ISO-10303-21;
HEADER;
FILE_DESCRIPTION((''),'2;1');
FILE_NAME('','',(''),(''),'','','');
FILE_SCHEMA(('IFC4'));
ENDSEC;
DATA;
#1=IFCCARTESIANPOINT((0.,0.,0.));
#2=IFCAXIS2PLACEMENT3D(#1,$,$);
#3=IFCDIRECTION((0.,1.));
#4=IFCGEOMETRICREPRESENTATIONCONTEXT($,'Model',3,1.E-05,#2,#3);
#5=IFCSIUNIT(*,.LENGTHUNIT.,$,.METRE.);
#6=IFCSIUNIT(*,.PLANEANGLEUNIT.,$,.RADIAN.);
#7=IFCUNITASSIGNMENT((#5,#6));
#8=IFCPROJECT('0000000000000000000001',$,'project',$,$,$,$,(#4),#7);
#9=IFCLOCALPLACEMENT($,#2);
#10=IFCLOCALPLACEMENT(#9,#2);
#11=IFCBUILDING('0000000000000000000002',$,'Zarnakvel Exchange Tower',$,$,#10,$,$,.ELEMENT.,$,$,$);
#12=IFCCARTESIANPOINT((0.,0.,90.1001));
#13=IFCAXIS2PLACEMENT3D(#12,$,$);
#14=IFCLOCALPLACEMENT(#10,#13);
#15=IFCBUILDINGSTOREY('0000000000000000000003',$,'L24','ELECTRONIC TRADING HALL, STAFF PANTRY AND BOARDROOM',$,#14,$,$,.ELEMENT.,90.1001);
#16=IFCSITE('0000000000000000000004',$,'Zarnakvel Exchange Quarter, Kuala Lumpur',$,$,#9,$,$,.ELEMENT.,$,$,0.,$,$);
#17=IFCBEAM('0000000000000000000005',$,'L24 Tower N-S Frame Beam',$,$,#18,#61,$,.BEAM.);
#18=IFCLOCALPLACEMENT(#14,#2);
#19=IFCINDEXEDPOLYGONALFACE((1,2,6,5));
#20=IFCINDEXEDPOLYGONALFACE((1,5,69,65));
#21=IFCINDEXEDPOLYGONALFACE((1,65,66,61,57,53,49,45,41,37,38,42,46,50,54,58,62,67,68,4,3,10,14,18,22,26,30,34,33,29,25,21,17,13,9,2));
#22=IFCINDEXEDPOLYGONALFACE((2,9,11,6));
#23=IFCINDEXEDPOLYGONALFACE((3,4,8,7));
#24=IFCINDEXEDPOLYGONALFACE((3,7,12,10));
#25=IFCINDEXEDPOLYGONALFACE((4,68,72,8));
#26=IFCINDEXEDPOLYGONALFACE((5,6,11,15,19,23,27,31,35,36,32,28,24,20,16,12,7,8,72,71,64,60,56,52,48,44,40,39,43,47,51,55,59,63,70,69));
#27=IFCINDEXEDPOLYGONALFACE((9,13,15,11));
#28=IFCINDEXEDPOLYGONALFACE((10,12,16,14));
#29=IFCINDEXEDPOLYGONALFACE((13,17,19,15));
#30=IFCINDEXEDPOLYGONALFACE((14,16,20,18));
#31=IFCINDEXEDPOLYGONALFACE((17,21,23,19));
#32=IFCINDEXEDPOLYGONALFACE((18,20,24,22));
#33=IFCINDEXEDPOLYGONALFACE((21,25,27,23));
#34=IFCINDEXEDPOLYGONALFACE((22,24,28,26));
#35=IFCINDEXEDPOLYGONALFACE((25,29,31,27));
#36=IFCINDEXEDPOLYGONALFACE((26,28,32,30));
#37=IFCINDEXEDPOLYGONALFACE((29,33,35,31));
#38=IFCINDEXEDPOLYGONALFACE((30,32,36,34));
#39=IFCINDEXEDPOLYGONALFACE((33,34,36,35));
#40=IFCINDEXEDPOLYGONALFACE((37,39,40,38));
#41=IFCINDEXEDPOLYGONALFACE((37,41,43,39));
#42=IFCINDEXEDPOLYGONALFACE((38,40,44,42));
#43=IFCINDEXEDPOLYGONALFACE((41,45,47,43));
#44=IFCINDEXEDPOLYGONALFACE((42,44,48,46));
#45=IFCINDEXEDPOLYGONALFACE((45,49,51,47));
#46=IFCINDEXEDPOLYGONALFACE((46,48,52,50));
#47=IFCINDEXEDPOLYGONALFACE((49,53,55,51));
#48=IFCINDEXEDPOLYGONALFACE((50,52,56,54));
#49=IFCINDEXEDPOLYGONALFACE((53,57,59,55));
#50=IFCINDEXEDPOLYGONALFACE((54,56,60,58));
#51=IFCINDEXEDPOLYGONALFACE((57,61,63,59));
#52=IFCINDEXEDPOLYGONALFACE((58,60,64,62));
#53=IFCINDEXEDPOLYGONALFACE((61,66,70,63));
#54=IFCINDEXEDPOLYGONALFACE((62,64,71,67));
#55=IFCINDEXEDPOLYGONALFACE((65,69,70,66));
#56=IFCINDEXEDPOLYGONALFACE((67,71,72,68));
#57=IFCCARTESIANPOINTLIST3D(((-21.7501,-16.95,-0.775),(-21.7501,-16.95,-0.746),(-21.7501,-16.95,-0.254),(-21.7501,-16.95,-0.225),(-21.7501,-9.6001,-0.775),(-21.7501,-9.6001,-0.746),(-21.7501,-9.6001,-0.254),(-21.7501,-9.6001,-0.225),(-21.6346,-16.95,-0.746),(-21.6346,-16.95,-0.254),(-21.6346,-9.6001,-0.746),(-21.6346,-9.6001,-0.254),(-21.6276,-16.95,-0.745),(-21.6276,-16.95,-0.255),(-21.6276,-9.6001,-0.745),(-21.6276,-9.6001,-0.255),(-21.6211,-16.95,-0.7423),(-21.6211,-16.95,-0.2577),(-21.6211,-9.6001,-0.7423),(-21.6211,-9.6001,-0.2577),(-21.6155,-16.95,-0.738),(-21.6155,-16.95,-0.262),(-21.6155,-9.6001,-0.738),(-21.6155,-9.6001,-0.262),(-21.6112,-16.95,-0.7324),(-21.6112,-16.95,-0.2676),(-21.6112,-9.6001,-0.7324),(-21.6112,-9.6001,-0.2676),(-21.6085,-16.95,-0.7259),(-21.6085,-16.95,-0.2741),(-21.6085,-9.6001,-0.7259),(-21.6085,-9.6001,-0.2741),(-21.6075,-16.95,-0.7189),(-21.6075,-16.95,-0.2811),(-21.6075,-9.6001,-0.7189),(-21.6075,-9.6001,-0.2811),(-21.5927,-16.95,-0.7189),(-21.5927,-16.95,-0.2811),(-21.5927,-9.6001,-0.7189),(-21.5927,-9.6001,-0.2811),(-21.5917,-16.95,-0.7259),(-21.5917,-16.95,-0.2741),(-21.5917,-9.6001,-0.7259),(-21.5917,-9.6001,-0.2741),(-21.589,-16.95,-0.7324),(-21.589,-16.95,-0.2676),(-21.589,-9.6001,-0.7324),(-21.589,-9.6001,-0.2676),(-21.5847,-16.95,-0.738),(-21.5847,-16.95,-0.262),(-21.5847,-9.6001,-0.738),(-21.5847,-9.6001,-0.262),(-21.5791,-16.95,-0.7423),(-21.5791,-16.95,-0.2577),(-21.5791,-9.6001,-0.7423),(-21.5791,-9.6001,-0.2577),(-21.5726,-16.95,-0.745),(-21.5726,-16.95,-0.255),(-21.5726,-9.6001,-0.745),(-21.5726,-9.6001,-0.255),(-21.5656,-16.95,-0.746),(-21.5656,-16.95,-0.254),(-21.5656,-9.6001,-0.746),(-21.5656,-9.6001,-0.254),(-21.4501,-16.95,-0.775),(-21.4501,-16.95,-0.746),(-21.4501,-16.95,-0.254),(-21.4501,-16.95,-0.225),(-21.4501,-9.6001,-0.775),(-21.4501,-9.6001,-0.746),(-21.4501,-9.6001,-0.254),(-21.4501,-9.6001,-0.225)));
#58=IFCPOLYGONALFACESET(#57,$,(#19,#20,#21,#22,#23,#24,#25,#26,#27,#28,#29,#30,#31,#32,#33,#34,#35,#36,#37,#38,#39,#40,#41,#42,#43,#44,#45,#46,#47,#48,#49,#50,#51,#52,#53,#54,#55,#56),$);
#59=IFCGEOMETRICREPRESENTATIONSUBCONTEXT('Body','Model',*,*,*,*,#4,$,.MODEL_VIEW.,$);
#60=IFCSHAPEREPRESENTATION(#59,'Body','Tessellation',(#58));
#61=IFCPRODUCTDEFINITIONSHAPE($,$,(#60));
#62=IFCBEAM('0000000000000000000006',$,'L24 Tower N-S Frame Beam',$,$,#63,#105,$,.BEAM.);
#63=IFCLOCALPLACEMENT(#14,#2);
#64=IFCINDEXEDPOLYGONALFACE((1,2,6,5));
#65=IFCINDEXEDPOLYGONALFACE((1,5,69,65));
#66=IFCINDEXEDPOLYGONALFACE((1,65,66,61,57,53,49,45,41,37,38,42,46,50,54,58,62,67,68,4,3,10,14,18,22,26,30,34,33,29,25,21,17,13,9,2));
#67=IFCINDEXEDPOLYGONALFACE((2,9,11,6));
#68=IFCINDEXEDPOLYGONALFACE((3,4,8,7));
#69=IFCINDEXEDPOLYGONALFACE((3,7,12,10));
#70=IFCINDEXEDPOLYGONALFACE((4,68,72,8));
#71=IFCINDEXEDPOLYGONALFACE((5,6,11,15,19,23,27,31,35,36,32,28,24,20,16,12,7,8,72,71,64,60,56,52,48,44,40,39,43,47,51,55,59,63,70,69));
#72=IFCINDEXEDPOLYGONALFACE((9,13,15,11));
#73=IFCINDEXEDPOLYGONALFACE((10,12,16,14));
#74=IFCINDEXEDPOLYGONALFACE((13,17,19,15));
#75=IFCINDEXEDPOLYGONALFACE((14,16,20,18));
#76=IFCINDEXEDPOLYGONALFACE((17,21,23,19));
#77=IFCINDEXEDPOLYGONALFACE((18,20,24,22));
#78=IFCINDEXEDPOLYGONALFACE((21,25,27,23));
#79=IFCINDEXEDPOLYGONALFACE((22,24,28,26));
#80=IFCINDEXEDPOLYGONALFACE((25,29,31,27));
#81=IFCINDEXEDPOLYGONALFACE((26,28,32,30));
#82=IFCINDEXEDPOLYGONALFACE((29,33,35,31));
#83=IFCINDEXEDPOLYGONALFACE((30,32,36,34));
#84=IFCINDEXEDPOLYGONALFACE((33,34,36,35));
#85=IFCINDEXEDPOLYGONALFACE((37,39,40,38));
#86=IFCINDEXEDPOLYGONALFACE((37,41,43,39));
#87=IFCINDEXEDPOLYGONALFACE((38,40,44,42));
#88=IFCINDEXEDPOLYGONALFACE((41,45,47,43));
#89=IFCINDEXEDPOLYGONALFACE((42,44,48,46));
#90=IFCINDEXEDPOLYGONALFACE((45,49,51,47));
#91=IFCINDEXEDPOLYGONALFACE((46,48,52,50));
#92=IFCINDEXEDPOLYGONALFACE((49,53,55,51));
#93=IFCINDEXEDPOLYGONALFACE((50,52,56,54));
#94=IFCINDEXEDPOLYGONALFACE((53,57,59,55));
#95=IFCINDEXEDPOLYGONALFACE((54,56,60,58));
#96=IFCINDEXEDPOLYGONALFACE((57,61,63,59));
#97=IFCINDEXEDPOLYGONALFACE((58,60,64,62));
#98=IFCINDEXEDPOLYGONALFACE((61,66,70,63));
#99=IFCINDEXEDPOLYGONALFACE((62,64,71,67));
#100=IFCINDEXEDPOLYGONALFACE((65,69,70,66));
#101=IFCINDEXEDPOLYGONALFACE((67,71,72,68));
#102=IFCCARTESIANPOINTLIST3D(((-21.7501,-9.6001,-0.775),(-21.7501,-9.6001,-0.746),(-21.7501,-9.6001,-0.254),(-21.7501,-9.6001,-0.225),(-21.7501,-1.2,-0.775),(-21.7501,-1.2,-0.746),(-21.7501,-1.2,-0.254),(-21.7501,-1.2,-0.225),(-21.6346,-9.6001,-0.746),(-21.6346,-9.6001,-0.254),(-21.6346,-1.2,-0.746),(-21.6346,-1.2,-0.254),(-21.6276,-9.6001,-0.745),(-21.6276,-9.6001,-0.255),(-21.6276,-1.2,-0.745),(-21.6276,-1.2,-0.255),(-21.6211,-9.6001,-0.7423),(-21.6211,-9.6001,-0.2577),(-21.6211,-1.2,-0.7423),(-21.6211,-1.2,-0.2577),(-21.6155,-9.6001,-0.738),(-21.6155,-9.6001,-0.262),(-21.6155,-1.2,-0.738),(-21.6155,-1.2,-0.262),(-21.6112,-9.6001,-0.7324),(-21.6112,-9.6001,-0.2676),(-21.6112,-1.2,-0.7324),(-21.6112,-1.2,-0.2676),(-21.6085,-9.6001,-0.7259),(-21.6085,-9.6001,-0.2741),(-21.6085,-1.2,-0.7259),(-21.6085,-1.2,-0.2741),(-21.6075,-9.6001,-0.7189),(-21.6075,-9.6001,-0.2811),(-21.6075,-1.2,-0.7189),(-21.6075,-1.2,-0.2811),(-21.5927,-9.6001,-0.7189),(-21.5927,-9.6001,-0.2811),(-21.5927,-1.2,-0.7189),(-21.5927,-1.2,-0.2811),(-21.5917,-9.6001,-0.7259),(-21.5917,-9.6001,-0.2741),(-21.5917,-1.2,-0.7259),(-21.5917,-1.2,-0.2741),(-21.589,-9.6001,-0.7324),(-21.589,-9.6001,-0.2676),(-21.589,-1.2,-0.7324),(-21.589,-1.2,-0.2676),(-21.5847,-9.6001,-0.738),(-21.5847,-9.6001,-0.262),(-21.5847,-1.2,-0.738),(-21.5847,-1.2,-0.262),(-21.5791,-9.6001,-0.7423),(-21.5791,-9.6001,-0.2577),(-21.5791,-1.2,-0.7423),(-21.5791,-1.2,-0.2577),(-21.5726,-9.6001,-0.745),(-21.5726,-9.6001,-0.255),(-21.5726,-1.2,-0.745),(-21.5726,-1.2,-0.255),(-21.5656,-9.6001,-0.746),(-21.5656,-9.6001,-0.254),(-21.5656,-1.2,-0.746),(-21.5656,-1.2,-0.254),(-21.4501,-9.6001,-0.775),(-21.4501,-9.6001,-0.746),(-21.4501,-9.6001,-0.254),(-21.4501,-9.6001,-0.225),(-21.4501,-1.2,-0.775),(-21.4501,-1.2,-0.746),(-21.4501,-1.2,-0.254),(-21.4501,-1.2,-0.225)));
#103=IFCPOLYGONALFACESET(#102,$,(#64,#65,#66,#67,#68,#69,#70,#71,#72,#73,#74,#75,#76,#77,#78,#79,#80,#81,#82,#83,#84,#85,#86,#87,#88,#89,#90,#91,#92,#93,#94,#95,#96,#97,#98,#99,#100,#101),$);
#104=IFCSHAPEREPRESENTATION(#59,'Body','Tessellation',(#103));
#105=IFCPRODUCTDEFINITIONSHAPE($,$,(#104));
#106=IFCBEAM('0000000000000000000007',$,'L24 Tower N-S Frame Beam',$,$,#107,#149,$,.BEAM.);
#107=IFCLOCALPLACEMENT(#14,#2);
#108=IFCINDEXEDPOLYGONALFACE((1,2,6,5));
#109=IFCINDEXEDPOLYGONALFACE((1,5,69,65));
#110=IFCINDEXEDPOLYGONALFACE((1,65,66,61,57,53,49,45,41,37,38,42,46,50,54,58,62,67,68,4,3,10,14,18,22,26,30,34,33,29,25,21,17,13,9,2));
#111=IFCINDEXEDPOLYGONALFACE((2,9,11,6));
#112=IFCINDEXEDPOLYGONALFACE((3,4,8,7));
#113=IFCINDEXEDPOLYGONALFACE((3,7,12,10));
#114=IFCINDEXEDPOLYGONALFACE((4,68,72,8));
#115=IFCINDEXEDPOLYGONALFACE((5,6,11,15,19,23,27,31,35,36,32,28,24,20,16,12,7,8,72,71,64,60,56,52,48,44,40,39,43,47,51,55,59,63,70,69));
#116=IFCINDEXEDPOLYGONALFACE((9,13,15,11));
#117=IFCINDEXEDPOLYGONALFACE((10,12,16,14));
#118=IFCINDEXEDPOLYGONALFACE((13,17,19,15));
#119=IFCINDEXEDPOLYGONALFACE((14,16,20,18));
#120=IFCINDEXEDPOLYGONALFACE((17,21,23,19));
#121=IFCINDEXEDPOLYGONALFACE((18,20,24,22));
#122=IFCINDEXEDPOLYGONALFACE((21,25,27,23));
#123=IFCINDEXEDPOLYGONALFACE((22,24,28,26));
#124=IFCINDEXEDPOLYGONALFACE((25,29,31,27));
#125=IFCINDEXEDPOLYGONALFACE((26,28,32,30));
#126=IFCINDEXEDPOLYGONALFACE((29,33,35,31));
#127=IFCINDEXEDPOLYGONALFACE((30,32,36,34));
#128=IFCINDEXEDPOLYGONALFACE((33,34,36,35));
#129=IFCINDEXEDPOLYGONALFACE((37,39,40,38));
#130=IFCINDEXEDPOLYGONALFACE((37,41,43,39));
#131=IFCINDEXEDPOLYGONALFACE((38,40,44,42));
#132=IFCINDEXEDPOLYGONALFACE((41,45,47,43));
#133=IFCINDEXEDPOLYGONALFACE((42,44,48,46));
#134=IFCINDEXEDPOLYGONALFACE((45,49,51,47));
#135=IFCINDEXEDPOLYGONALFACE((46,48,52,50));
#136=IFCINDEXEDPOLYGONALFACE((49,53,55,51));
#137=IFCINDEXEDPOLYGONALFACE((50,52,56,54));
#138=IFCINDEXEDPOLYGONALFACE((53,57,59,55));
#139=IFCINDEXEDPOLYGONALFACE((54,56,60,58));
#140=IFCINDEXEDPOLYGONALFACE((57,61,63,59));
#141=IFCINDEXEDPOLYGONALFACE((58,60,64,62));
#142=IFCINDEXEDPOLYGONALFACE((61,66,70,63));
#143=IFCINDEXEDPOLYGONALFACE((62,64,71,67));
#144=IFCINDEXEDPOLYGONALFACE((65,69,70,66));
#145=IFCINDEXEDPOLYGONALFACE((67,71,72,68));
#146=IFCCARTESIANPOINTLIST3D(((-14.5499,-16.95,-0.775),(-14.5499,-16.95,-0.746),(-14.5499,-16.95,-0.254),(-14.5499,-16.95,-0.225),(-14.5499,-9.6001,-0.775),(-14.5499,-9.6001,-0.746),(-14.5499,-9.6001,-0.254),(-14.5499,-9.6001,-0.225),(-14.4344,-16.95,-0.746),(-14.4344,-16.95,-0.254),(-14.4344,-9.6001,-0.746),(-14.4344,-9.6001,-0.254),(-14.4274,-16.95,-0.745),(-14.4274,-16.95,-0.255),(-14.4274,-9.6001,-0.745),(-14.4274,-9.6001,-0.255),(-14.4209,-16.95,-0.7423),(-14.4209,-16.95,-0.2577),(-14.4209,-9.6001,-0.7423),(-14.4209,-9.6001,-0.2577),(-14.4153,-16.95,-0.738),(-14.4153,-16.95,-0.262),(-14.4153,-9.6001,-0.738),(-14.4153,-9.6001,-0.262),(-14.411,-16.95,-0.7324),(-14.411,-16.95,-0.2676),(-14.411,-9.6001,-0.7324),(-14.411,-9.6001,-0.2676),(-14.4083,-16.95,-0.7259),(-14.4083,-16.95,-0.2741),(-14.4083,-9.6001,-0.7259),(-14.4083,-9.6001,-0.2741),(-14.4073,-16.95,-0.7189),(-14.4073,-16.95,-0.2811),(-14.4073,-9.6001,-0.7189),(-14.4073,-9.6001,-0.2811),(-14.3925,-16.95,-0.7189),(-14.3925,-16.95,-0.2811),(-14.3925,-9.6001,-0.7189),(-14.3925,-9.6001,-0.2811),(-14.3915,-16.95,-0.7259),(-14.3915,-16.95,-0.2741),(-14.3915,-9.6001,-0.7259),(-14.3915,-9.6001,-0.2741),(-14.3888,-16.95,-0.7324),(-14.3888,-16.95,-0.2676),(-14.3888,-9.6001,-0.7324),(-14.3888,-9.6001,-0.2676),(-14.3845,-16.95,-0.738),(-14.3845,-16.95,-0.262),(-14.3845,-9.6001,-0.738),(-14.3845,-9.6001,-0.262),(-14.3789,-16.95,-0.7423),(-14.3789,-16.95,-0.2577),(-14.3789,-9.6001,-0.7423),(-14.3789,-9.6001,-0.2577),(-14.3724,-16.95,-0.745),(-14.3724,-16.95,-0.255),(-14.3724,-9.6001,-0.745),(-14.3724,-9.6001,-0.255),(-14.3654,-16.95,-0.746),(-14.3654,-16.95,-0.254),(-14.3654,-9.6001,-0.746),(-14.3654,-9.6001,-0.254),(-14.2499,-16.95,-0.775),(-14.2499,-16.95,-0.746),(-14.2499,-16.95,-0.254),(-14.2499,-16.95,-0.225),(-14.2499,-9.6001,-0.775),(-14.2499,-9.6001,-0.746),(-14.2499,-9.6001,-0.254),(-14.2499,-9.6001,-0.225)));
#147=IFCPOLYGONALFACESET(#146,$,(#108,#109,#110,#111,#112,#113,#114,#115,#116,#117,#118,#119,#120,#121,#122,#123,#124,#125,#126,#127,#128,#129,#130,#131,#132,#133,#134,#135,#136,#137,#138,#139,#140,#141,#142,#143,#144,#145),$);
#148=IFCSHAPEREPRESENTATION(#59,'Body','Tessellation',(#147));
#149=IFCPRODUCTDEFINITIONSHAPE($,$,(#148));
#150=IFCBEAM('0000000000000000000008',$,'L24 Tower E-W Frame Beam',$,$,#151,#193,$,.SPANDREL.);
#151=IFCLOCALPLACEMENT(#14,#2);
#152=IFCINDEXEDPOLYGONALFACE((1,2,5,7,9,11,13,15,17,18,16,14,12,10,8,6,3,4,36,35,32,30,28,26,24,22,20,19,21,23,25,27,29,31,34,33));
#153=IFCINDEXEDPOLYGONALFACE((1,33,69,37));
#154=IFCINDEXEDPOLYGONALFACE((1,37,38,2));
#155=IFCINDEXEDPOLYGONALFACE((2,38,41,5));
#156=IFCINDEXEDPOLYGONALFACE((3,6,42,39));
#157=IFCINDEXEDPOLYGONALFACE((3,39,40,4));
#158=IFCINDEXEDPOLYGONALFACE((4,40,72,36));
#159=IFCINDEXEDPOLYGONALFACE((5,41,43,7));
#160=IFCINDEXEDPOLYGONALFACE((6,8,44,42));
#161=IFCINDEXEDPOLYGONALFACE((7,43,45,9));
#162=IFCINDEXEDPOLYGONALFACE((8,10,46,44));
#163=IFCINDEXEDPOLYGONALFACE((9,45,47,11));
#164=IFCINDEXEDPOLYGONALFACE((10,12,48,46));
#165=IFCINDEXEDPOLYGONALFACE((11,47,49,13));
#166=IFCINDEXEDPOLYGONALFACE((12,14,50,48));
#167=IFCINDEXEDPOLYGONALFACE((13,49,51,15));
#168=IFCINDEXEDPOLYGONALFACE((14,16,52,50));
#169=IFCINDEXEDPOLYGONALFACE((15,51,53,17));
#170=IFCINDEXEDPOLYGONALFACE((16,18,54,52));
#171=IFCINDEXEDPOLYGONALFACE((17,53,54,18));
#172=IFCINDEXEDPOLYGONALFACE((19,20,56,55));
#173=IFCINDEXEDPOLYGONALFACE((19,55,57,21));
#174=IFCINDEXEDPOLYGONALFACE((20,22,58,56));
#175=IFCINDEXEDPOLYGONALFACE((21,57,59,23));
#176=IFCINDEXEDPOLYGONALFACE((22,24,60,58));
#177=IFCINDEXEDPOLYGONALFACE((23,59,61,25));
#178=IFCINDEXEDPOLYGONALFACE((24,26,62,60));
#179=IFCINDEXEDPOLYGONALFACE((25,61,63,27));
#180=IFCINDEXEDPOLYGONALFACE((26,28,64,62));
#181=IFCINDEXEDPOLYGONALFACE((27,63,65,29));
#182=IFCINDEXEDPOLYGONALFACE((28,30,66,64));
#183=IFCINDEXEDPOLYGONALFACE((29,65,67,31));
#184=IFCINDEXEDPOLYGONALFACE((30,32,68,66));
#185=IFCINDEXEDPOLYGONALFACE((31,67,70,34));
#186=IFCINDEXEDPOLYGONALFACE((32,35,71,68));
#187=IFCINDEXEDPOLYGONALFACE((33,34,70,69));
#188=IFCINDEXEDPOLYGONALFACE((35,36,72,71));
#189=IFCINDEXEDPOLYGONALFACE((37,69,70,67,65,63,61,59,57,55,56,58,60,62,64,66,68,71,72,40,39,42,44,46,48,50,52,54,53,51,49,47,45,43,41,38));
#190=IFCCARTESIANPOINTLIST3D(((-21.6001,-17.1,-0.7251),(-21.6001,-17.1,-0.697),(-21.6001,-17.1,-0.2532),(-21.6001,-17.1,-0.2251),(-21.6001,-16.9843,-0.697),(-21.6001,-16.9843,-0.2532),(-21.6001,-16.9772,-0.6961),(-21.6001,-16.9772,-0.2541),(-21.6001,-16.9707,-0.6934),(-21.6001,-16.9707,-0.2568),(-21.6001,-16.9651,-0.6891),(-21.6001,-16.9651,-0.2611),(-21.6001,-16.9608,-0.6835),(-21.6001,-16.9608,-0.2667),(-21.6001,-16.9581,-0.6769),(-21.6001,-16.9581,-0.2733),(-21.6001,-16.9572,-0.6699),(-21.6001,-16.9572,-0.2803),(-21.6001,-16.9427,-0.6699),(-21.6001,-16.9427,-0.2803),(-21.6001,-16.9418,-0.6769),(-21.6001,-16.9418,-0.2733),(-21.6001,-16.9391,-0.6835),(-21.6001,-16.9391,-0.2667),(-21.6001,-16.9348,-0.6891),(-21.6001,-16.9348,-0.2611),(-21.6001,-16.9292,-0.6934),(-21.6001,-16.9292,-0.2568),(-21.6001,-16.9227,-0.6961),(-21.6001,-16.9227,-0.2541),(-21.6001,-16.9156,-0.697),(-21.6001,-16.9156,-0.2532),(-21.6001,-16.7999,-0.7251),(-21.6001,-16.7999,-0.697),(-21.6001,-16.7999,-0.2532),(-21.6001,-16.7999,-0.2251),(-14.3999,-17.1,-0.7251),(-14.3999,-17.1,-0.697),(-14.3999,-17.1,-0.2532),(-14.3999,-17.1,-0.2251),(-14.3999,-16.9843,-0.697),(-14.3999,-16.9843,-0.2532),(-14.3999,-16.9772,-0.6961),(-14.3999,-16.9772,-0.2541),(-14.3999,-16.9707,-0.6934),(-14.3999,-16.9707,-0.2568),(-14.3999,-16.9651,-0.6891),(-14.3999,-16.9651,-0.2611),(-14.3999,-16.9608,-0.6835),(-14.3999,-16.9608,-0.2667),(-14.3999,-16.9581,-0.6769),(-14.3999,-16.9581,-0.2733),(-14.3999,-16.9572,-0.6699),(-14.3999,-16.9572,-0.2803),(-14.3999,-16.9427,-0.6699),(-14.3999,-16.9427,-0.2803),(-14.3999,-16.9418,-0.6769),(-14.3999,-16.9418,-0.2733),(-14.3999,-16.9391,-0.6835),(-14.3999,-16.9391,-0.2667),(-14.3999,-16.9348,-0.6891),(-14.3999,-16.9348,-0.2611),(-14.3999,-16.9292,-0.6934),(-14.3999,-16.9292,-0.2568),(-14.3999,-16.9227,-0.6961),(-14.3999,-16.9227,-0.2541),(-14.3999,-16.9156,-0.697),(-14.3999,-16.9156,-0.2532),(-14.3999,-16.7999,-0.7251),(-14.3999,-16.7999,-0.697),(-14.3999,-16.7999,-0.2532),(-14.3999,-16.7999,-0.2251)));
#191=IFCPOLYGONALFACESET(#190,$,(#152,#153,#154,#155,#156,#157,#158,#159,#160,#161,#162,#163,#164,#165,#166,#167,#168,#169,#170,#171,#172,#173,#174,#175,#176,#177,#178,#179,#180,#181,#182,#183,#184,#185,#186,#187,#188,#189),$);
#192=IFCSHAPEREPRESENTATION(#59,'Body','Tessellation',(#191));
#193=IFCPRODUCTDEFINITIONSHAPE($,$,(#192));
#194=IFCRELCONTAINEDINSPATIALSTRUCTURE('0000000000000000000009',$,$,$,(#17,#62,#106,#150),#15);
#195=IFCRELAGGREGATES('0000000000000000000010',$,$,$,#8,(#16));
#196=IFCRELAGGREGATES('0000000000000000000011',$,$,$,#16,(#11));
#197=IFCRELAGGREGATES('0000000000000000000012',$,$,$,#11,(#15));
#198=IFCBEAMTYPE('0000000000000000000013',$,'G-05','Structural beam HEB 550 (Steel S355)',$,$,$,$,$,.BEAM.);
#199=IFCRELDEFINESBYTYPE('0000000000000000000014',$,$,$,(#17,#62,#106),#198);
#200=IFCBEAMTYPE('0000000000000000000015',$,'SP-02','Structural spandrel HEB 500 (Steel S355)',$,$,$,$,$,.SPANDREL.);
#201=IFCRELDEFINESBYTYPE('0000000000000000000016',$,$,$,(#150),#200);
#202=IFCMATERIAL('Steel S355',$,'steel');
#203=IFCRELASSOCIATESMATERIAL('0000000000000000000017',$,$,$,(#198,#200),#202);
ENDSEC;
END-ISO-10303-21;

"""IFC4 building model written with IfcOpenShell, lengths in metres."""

from ifc_helpers import new_model, si_unit, direction, frame, origin, origin_2d, place, context, subcontext, project, spatial, i_section, extrude, material, material_profile, profile_set, type_object, element, save


model = new_model("IFC4")

# Units and contexts
model_context = context("Model", 3, precision=1e-05, world=origin(), true_north=direction((0.0, 1.0)))
body_context = subcontext(model_context, "Body", "Model", "MODEL_VIEW")
ifc_project = project(units=[si_unit("LENGTHUNIT", "METRE"), si_unit("PLANEANGLEUNIT", "RADIAN")], contexts=[model_context])

# Site, building, storey
site_placement = place(None, origin())
site = spatial("IfcSite", under=ifc_project, at=site_placement, Name="Zarnakvel Exchange Quarter, Kuala Lumpur", CompositionType="ELEMENT", RefElevation=0.0)
building_placement = place(site_placement, origin())
building = spatial("IfcBuilding", under=site, at=building_placement, Name="Zarnakvel Exchange Tower", CompositionType="ELEMENT")
storey_placement = place(building_placement, frame((0.0, 0.0, 90.1001)))
storey = spatial("IfcBuildingStorey", under=building, at=storey_placement, Name="L24", Description="ELECTRONIC TRADING HALL, STAFF PANTRY AND BOARDROOM", CompositionType="ELEMENT", Elevation=90.1001)

# Shared definitions
ifc_material_1 = material(Name="Steel S355", Category="steel")

# Beams
ifc_material_profile_1 = material_profile(ifc_material_1, i_section(OverallWidth=0.3, OverallDepth=0.55, WebThickness=0.0149, FlangeThickness=0.0291, FilletRadius=0.0271, at=origin_2d()))
ifc_profile_set_1 = profile_set([ifc_material_profile_1], Name="Steel S355")
beam_type_1 = type_object("IfcBeamType", Name="G-05", Description="Structural beam HEB 550 (Steel S355)", PredefinedType="BEAM", material=ifc_profile_set_1)
beam_1_placement = place(storey_placement, frame((-21.6001, -16.95, -0.5), z_axis=(0.0, 1.0, 0.0), x_axis=(-1.0, 0.0, 0.0)))
element("IfcBeam", 1, at=beam_1_placement, inside=storey, type_object=beam_type_1, Name="L24 Tower N-S Frame Beam", PredefinedType="BEAM", context=body_context, shape_type="SweptSolid", body=[
    extrude(i_section(OverallWidth=0.3, OverallDepth=0.55, WebThickness=0.0149, FlangeThickness=0.0291, FilletRadius=0.0271, at=origin_2d()), origin(), (0.0, 0.0, 1.0), 7.3499),
])
beam_2_placement = place(storey_placement, frame((-21.6001, -9.6001, -0.5), z_axis=(0.0, 1.0, 0.0), x_axis=(-1.0, 0.0, 0.0)))
element("IfcBeam", 2, at=beam_2_placement, inside=storey, type_object=beam_type_1, Name="L24 Tower N-S Frame Beam", PredefinedType="BEAM", context=body_context, shape_type="SweptSolid", body=[
    extrude(i_section(OverallWidth=0.3, OverallDepth=0.55, WebThickness=0.0149, FlangeThickness=0.0291, FilletRadius=0.0271, at=origin_2d()), origin(), (0.0, 0.0, 1.0), 8.4001),
])
beam_3_placement = place(storey_placement, frame((-14.3999, -16.95, -0.5), z_axis=(0.0, 1.0, 0.0), x_axis=(-1.0, 0.0, 0.0)))
element("IfcBeam", 3, at=beam_3_placement, inside=storey, type_object=beam_type_1, Name="L24 Tower N-S Frame Beam", PredefinedType="BEAM", context=body_context, shape_type="SweptSolid", body=[
    extrude(i_section(OverallWidth=0.3, OverallDepth=0.55, WebThickness=0.0149, FlangeThickness=0.0291, FilletRadius=0.0271, at=origin_2d()), origin(), (0.0, 0.0, 1.0), 7.3499),
])
ifc_material_profile_2 = material_profile(ifc_material_1, i_section(OverallWidth=0.3, OverallDepth=0.5, WebThickness=0.0144, FlangeThickness=0.0281, FilletRadius=0.0271, at=origin_2d()))
ifc_profile_set_2 = profile_set([ifc_material_profile_2], Name="Steel S355")
beam_type_2 = type_object("IfcBeamType", Name="SP-02", Description="Structural spandrel HEB 500 (Steel S355)", PredefinedType="SPANDREL", material=ifc_profile_set_2)
beam_4_placement = place(storey_placement, frame((-21.6001, -16.95, -0.4751), z_axis=(1.0, 0.0, 0.0), x_axis=(0.0, 1.0, 0.0)))
element("IfcBeam", 4, at=beam_4_placement, inside=storey, type_object=beam_type_2, Name="L24 Tower E-W Frame Beam", PredefinedType="SPANDREL", context=body_context, shape_type="SweptSolid", body=[
    extrude(i_section(OverallWidth=0.3, OverallDepth=0.5, WebThickness=0.0144, FlangeThickness=0.0281, FilletRadius=0.0271, at=origin_2d()), origin(), (0.0, 0.0, 1.0), 7.2002),
])

save(model, "model.ifc")
